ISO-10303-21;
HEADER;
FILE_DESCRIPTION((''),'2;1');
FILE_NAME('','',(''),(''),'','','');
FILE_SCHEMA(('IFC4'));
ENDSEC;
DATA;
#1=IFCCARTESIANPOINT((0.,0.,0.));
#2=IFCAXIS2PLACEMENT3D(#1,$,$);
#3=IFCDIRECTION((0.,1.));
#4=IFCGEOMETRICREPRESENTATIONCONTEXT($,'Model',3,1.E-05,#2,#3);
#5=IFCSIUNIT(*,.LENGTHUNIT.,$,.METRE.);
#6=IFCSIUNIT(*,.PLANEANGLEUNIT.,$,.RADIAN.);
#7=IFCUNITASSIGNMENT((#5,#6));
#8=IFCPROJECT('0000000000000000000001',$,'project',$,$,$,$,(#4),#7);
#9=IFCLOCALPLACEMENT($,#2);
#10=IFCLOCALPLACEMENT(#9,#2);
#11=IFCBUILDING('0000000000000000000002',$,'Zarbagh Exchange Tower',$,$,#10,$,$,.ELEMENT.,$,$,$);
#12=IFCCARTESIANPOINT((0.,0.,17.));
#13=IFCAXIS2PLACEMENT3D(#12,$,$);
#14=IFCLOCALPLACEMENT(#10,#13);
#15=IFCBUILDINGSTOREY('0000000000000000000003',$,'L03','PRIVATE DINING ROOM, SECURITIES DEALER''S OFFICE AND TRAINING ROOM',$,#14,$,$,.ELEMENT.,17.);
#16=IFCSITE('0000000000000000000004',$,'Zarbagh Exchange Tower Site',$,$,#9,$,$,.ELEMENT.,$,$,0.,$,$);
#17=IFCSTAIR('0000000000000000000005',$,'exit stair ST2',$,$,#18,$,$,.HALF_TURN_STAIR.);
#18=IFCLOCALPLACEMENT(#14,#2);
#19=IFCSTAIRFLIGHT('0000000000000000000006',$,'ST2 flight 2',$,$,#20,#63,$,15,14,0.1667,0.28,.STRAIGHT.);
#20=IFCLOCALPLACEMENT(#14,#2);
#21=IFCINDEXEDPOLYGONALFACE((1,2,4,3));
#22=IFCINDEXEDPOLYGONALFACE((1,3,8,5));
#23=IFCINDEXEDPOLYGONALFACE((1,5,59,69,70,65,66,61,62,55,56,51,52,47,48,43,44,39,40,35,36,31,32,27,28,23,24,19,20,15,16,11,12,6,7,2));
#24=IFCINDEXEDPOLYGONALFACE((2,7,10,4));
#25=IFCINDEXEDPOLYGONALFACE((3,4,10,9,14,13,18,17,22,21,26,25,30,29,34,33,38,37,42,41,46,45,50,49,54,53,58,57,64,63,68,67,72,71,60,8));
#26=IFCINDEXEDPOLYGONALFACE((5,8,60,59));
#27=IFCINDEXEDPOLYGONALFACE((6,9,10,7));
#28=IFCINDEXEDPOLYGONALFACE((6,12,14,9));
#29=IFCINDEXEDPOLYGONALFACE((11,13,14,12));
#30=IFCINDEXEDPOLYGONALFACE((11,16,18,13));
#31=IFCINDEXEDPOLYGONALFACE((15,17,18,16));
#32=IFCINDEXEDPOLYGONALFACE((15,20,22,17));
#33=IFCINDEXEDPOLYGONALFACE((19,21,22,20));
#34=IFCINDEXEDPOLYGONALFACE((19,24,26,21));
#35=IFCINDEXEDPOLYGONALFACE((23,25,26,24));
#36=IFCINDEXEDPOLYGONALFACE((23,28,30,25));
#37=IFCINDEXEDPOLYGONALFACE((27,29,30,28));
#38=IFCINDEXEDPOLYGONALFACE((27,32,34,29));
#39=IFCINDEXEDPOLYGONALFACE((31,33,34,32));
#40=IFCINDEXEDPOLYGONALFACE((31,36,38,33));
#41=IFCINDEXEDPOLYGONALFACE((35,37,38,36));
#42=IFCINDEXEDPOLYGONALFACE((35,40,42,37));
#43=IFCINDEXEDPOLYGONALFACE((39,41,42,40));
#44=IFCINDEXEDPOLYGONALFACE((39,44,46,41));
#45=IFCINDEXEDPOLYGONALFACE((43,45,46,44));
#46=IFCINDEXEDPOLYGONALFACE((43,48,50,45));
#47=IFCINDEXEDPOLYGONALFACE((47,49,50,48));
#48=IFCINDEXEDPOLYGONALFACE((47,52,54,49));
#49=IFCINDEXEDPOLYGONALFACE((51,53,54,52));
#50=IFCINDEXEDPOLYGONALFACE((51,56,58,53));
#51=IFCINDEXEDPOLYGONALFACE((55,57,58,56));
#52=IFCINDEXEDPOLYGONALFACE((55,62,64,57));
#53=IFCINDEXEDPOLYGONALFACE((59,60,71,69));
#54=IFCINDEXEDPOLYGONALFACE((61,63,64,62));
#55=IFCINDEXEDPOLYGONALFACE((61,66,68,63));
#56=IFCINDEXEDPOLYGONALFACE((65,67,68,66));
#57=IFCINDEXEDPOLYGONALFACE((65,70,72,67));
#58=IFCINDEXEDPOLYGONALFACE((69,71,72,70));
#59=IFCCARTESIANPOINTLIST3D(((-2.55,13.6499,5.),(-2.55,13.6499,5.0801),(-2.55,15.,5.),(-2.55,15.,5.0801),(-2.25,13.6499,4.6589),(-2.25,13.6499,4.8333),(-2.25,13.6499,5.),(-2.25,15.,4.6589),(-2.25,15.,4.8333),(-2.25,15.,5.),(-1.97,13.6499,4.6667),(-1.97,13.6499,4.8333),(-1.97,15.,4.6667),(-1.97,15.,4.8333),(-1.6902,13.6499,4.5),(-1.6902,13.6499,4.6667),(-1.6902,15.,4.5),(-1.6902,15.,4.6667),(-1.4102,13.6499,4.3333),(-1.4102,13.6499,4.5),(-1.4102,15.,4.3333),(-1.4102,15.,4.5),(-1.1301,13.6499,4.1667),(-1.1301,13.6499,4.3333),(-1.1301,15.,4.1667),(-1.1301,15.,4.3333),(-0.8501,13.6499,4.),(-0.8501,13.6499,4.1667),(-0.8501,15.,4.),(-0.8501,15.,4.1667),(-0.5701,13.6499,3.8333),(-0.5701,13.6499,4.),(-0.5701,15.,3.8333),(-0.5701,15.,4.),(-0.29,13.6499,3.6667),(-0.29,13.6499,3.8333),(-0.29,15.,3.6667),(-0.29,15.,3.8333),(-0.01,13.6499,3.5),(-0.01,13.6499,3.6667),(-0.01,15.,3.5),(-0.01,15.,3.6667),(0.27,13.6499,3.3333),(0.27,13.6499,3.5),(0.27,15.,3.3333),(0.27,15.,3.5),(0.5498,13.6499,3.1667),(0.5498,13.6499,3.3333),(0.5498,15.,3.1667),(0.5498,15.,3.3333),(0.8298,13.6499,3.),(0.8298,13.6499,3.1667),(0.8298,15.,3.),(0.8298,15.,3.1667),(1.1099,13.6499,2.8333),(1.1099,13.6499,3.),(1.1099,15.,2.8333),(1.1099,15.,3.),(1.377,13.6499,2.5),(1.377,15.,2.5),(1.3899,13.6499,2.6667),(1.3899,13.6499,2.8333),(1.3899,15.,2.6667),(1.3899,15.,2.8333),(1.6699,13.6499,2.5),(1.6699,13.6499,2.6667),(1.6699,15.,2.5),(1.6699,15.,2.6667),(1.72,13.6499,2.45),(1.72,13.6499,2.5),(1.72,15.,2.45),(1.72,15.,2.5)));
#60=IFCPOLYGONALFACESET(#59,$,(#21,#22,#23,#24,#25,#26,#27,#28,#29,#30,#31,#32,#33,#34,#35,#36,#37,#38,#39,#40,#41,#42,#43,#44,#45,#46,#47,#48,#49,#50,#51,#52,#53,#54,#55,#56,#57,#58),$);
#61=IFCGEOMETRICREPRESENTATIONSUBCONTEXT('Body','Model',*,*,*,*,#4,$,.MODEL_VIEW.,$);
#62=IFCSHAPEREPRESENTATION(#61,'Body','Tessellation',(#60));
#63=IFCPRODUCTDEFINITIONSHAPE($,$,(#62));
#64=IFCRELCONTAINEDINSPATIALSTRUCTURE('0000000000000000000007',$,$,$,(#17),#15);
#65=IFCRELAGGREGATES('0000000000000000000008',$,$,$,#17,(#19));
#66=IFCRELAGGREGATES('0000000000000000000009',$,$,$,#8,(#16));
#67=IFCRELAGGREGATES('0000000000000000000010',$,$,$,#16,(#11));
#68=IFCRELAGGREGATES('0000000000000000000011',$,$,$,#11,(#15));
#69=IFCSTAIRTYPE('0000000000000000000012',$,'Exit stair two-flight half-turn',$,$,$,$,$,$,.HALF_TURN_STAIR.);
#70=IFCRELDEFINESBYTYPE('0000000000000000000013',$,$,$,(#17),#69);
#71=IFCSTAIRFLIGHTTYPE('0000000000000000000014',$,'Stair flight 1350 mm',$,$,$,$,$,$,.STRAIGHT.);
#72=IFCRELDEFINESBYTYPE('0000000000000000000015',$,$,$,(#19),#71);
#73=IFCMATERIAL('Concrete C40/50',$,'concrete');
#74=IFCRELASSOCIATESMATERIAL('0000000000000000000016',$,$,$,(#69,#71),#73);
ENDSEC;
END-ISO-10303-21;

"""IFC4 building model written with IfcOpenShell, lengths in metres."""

from ifc_helpers import new_model, si_unit, direction, frame, origin, place, context, subcontext, project, spatial, polyline, outline, extrude, material, type_object, element, aggregate, save


model = new_model("IFC4")

# Units and contexts
model_context = context("Model", 3, precision=1e-05, world=origin(), true_north=direction((0.0, 1.0)))
body_context = subcontext(model_context, "Body", "Model", "MODEL_VIEW")
ifc_project = project(units=[si_unit("LENGTHUNIT", "METRE"), si_unit("PLANEANGLEUNIT", "RADIAN")], contexts=[model_context])

# Site, building, storey
site_placement = place(None, origin())
site = spatial("IfcSite", under=ifc_project, at=site_placement, Name="Zarbagh Exchange Tower Site", CompositionType="ELEMENT", RefElevation=0.0)
building_placement = place(site_placement, origin())
building = spatial("IfcBuilding", under=site, at=building_placement, Name="Zarbagh Exchange Tower", CompositionType="ELEMENT")
storey_placement = place(building_placement, frame((0.0, 0.0, 17.0)))
storey = spatial("IfcBuildingStorey", under=building, at=storey_placement, Name="L03", Description="PRIVATE DINING ROOM, SECURITIES DEALER'S OFFICE AND TRAINING ROOM", CompositionType="ELEMENT", Elevation=17.0)

# Shared definitions
ifc_material_1 = material(Name="Concrete C40/50", Category="concrete")
stair_type = type_object("IfcStairType", Name="Exit stair two-flight half-turn", PredefinedType="HALF_TURN_STAIR", material=ifc_material_1)

# Stair, stair flight
stair_flight_type = type_object("IfcStairFlightType", Name="Stair flight 1350 mm", PredefinedType="STRAIGHT", material=ifc_material_1)
stair_1_placement = place(storey_placement, origin())
stair_1 = element("IfcStair", 1, at=stair_1_placement, inside=storey, type_object=stair_type, Name="exit stair ST2", PredefinedType="HALF_TURN_STAIR")
stair_flight_1_placement = place(storey_placement, frame((1.6699, 14.325, 2.5), z_axis=(0.0, 0.0, 1.0), x_axis=(-1.0, 0.0, 0.0)))
stair_flight_1 = element("IfcStairFlight", 2, at=stair_flight_1_placement, type_object=stair_flight_type, Name="ST2 flight 2", NumberOfRisers=15, NumberOfTreads=14, PredefinedType="STRAIGHT", RiserHeight=0.1667, TreadLength=0.28, context=body_context, shape_type="SweptSolid", body=[
    extrude(outline(polyline([(-0.05, -0.05), (-0.05, 0.0), (0.0, 0.0), (0.0, 0.1667), (0.28, 0.1667), (0.28, 0.3333), (0.5601, 0.3333), (0.5601, 0.5), (0.8401, 0.5), (0.8401, 0.6667), (1.1201, 0.6667), (1.1201, 0.8333), (1.3999, 0.8333), (1.3999, 1.0), (1.6799, 1.0), (1.6799, 1.1667), (1.96, 1.1667), (1.96, 1.3333), (2.24, 1.3333), (2.24, 1.5), (2.52, 1.5), (2.52, 1.6667), (2.8, 1.6667), (2.8, 1.8333), (3.0801, 1.8333), (3.0801, 2.0), (3.3601, 2.0), (3.3601, 2.1667), (3.6399, 2.1667), (3.6399, 2.3333), (3.9199, 2.3333), (3.9199, 2.5), (4.22, 2.5801), (4.22, 2.5), (3.9199, 2.1589), (0.293, 0.0), (-0.05, -0.05)])), frame((0.0, 0.675, 0.0), z_axis=(0.0, -1.0, 0.0), x_axis=(1.0, 0.0, 0.0)), (0.0, 0.0, 1.0), 1.3501),
])
aggregate(stair_1, [stair_flight_1])

save(model, "model.ifc")
